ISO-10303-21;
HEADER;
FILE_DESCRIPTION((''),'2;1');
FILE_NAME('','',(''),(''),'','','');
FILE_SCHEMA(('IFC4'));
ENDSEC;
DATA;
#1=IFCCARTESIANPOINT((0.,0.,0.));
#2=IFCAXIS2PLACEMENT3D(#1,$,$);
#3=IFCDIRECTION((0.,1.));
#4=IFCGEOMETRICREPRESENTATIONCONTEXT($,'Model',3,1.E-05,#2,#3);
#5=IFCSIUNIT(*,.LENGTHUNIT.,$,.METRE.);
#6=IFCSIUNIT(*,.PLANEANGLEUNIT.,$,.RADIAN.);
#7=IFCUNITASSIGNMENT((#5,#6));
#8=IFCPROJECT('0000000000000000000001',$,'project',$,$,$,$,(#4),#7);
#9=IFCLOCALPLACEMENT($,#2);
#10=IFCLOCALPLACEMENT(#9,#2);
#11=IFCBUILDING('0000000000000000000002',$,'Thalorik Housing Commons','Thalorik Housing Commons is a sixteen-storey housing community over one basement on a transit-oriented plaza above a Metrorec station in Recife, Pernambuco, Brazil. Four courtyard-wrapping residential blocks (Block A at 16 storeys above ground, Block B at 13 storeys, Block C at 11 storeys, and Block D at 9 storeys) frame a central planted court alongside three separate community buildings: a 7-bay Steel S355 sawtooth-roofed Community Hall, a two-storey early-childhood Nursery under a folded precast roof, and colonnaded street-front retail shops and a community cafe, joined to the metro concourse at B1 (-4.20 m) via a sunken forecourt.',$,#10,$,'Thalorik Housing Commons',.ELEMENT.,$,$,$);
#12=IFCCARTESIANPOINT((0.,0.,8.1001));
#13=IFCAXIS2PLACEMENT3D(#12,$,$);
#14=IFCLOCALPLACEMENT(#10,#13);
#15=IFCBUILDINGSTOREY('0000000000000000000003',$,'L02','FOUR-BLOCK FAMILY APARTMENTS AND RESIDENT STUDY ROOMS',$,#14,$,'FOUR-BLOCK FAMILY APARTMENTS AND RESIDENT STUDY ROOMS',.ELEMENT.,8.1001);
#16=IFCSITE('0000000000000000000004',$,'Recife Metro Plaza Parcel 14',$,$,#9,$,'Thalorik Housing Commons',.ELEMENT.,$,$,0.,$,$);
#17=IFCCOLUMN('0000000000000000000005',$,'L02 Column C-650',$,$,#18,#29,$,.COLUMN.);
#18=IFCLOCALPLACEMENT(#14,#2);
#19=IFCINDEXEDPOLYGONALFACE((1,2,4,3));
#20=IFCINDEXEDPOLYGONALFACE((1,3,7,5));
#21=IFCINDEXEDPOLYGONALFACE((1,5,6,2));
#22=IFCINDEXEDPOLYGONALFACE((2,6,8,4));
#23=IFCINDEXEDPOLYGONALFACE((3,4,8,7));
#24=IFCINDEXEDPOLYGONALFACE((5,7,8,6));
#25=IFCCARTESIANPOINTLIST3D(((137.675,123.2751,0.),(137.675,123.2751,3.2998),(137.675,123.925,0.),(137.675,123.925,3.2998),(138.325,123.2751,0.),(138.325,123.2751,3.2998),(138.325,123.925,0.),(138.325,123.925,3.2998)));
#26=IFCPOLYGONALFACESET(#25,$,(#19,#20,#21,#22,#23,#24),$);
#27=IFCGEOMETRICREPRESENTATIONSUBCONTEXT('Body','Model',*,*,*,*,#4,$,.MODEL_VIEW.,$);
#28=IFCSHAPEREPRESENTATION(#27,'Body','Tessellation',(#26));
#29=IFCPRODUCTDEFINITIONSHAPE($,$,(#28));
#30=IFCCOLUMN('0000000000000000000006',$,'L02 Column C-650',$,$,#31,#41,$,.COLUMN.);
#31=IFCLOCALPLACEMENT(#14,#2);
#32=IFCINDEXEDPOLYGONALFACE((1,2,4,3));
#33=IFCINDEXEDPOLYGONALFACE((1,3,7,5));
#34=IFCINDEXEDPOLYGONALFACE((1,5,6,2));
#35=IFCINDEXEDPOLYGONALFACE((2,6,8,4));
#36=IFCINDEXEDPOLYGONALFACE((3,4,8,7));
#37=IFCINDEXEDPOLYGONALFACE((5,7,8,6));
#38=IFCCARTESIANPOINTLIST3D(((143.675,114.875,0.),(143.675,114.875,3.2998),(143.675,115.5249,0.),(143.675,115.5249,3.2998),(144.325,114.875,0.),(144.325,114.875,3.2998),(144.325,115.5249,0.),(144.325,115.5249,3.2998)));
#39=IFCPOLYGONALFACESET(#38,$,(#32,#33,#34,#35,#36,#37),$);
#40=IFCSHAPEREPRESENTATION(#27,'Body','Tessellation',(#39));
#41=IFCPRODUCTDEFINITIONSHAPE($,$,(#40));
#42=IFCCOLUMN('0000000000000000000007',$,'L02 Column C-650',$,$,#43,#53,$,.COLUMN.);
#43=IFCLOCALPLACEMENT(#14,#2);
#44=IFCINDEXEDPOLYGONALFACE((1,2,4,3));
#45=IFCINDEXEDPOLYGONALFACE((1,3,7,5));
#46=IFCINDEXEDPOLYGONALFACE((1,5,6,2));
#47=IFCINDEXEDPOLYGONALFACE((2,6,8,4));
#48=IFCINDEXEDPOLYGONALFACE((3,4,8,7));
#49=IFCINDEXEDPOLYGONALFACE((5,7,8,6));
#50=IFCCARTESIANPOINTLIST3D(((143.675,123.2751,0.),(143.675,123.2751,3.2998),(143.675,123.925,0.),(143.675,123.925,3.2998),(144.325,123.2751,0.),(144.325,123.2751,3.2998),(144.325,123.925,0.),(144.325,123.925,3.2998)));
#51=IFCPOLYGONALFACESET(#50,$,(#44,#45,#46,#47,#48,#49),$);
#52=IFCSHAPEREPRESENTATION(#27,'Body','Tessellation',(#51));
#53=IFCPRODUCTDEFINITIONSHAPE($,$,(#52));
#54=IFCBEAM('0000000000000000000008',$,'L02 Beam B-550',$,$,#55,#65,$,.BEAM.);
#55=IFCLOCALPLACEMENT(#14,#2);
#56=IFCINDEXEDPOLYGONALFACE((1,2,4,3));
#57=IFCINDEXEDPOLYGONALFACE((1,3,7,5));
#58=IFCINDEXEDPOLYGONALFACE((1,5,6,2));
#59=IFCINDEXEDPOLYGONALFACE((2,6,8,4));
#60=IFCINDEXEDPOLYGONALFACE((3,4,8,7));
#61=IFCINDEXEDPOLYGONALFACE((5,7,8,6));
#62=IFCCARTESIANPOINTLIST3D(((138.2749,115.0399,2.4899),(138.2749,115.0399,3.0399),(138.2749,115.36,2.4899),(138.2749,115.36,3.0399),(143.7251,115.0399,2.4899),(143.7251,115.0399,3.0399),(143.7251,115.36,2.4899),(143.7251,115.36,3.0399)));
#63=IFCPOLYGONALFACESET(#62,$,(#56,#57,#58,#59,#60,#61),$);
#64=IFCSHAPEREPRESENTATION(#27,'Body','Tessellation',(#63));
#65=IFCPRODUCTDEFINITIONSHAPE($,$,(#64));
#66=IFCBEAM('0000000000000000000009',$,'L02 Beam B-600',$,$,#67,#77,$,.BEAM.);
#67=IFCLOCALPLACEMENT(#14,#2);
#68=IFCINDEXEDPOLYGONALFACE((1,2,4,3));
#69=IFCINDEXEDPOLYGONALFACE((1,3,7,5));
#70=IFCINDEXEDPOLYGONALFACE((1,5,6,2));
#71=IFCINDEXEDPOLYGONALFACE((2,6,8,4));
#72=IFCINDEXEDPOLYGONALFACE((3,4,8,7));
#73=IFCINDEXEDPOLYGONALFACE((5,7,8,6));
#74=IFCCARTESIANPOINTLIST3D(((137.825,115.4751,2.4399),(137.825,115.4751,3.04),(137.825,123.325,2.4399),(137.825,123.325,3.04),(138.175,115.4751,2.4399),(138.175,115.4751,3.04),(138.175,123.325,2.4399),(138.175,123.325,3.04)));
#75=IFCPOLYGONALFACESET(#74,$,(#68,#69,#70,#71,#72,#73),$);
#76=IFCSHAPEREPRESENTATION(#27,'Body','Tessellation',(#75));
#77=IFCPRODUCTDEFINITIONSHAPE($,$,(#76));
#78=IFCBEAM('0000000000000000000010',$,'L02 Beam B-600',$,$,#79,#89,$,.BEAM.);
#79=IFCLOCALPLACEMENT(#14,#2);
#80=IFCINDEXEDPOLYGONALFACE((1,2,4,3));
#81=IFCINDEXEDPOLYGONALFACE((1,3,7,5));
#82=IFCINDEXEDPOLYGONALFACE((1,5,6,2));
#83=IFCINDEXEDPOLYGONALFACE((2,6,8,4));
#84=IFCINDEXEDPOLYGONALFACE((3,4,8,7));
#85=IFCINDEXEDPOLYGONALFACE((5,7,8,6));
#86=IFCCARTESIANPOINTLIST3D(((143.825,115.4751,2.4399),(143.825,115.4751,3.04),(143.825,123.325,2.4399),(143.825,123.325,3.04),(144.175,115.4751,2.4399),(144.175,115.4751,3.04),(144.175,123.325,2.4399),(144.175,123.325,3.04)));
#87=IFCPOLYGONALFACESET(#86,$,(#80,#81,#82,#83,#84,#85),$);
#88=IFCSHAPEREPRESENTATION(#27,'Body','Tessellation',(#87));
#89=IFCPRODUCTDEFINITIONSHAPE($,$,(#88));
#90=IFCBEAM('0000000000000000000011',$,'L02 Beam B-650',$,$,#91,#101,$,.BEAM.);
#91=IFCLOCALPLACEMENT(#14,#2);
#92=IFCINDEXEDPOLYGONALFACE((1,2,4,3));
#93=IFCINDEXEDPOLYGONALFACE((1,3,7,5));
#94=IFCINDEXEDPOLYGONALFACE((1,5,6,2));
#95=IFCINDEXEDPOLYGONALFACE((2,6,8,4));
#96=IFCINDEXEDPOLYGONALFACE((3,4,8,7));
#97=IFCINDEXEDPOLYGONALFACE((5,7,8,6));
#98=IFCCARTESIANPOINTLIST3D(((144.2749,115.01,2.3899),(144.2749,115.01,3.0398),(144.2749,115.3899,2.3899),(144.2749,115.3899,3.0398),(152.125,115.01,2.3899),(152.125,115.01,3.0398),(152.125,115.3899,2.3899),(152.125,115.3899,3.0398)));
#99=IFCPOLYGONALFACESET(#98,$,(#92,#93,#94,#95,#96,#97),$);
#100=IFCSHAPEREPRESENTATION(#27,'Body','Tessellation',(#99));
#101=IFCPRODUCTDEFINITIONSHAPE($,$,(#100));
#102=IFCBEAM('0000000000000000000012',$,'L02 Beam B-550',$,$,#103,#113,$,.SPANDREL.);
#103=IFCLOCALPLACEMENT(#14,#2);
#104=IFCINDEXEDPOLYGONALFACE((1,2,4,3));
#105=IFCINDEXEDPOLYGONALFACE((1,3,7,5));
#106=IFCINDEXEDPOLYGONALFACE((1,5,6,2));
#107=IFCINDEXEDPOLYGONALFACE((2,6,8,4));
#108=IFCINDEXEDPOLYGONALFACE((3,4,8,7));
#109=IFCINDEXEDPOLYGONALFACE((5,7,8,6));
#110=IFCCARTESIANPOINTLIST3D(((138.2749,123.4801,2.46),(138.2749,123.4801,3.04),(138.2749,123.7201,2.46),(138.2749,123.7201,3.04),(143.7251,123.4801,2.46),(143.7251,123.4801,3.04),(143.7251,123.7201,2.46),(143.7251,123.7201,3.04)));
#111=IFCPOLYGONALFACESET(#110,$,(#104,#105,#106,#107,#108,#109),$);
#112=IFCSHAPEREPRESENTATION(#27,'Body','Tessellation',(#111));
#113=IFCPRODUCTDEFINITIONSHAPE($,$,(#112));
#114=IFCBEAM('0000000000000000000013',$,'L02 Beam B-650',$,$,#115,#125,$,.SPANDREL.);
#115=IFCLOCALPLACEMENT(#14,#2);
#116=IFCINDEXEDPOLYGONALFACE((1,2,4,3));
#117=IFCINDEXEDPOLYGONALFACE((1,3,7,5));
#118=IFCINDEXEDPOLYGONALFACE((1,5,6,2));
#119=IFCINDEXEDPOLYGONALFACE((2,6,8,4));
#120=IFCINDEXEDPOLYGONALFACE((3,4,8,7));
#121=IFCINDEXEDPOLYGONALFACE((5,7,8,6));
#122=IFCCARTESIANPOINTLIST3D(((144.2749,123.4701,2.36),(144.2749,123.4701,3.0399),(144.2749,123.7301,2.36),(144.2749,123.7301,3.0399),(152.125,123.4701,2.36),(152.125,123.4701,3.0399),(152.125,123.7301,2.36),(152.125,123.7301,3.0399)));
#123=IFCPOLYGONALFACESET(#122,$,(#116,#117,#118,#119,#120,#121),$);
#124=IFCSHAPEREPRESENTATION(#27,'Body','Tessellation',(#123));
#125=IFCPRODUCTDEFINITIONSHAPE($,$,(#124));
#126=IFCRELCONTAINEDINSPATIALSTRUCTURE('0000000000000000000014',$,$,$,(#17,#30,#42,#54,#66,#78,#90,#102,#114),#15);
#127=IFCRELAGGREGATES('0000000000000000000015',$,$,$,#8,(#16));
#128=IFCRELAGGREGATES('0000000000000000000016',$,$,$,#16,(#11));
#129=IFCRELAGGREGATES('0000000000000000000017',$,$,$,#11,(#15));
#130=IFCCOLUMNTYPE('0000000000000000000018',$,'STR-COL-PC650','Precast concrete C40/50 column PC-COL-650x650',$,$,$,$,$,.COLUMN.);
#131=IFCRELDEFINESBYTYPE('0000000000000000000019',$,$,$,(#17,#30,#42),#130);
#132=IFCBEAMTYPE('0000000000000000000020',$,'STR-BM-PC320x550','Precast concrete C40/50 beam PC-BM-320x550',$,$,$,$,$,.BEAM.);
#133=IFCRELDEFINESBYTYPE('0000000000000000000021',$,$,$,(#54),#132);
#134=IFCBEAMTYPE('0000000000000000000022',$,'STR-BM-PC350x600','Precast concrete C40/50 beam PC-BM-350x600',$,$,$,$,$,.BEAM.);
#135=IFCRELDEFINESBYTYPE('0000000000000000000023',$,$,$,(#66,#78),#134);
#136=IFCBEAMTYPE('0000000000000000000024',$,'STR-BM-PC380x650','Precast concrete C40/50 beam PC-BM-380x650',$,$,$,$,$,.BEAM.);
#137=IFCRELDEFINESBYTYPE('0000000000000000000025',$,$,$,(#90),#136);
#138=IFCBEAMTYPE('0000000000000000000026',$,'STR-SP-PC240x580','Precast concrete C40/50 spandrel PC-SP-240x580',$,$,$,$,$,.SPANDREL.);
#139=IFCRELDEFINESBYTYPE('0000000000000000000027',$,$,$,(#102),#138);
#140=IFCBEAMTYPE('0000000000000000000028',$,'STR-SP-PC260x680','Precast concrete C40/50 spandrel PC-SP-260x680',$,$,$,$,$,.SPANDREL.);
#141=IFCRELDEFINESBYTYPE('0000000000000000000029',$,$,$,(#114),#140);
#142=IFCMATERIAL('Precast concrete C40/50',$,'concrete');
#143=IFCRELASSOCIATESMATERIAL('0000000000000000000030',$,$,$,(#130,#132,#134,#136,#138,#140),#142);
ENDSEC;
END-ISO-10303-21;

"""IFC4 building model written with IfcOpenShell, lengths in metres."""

from ifc_helpers import new_model, si_unit, direction, frame, origin, origin_2d, place, context, subcontext, project, spatial, rectangle, extrude, material, material_profile, profile_set, type_object, element, save


model = new_model("IFC4")

# Units and contexts
model_context = context("Model", 3, precision=1e-05, world=origin(), true_north=direction((0.0, 1.0)))
body_context = subcontext(model_context, "Body", "Model", "MODEL_VIEW")
ifc_project = project(units=[si_unit("LENGTHUNIT", "METRE"), si_unit("PLANEANGLEUNIT", "RADIAN")], contexts=[model_context])

# Site, building, storey
site_placement = place(None, origin())
site = spatial("IfcSite", under=ifc_project, at=site_placement, Name="Recife Metro Plaza Parcel 14", LongName="Thalorik Housing Commons", CompositionType="ELEMENT", RefElevation=0.0)
building_placement = place(site_placement, origin())
building = spatial("IfcBuilding", under=site, at=building_placement, Name="Thalorik Housing Commons", Description="Thalorik Housing Commons is a sixteen-storey housing community over one basement on a transit-oriented plaza above a Metrorec station in Recife, Pernambuco, Brazil. Four courtyard-wrapping residential blocks (Block A at 16 storeys above ground, Block B at 13 storeys, Block C at 11 storeys, and Block D at 9 storeys) frame a central planted court alongside three separate community buildings: a 7-bay Steel S355 sawtooth-roofed Community Hall, a two-storey early-childhood Nursery under a folded precast roof, and colonnaded street-front retail shops and a community cafe, joined to the metro concourse at B1 (-4.20 m) via a sunken forecourt.", LongName="Thalorik Housing Commons", CompositionType="ELEMENT")
storey_placement = place(building_placement, frame((0.0, 0.0, 8.1001)))
storey = spatial("IfcBuildingStorey", under=building, at=storey_placement, Name="L02", Description="FOUR-BLOCK FAMILY APARTMENTS AND RESIDENT STUDY ROOMS", LongName="FOUR-BLOCK FAMILY APARTMENTS AND RESIDENT STUDY ROOMS", CompositionType="ELEMENT", Elevation=8.1001)

# Columns
ifc_material_1 = material(Name="Precast concrete C40/50", Category="concrete")
ifc_material_profile_1 = material_profile(ifc_material_1, rectangle(XDim=0.6499, YDim=0.6499, at=origin_2d()), Name="PC 650x650", Category="concrete")
ifc_profile_set_1 = profile_set([ifc_material_profile_1], Name="Precast concrete C40/50")
column_type = type_object("IfcColumnType", Name="STR-COL-PC650", Description="Precast concrete C40/50 column PC-COL-650x650", PredefinedType="COLUMN", material=ifc_profile_set_1)
for number, where, z_axis, x_axis, name in (
    (1, (138.0, 123.6001, 0.0), (0.0, 0.0, 1.0), (1.0, 0.0, 0.0), "L02 Column C-650"),
    (2, (144.0, 115.2, 0.0), (0.0, 0.0, 1.0), (1.0, 0.0, 0.0), "L02 Column C-650"),
    (3, (144.0, 123.6001, 0.0), (0.0, 0.0, 1.0), (1.0, 0.0, 0.0), "L02 Column C-650"),
):
    element("IfcColumn", number, at=place(storey_placement, frame(where, z_axis=z_axis, x_axis=x_axis)), inside=storey, type_object=column_type, Name=name, PredefinedType="COLUMN", context=body_context, shape_type="SweptSolid", body=[
        extrude(rectangle(XDim=0.6499, YDim=0.6499, at=origin_2d()), origin(), (0.0, 0.0, 1.0), 3.2998),
    ])

# Beams
ifc_material_profile_2 = material_profile(ifc_material_1, rectangle(XDim=0.3201, YDim=0.55, at=origin_2d()), Name="PC 320x550", Category="concrete")
ifc_profile_set_2 = profile_set([ifc_material_profile_2], Name="Precast concrete C40/50")
beam_type_1 = type_object("IfcBeamType", Name="STR-BM-PC320x550", Description="Precast concrete C40/50 beam PC-BM-320x550", PredefinedType="BEAM", material=ifc_profile_set_2)
beam_1_placement = place(storey_placement, frame((138.2749, 115.2, 2.7649), z_axis=(1.0, 0.0, 0.0), x_axis=(0.0, 1.0, 0.0)))
element("IfcBeam", 4, at=beam_1_placement, inside=storey, type_object=beam_type_1, Name="L02 Beam B-550", PredefinedType="BEAM", context=body_context, shape_type="SweptSolid", body=[
    extrude(rectangle(XDim=0.3201, YDim=0.55, at=origin_2d()), origin(), (0.0, 0.0, 1.0), 5.4502),
])
ifc_material_profile_3 = material_profile(ifc_material_1, rectangle(XDim=0.3501, YDim=0.6001, at=origin_2d()), Name="PC 350x600", Category="concrete")
ifc_profile_set_3 = profile_set([ifc_material_profile_3], Name="Precast concrete C40/50")
beam_type_2 = type_object("IfcBeamType", Name="STR-BM-PC350x600", Description="Precast concrete C40/50 beam PC-BM-350x600", PredefinedType="BEAM", material=ifc_profile_set_3)
for number, where, z_axis, x_axis, name in (
    (5, (138.0, 115.4751, 2.74), (0.0, 1.0, 0.0), (-1.0, 0.0, 0.0), "L02 Beam B-600"),
    (6, (144.0, 115.4751, 2.74), (0.0, 1.0, 0.0), (-1.0, 0.0, 0.0), "L02 Beam B-600"),
):
    element("IfcBeam", number, at=place(storey_placement, frame(where, z_axis=z_axis, x_axis=x_axis)), inside=storey, type_object=beam_type_2, Name=name, PredefinedType="BEAM", context=body_context, shape_type="SweptSolid", body=[
        extrude(rectangle(XDim=0.3501, YDim=0.6001, at=origin_2d()), origin(), (0.0, 0.0, 1.0), 7.8499),
    ])
ifc_material_profile_4 = material_profile(ifc_material_1, rectangle(XDim=0.3799, YDim=0.6499, at=origin_2d()), Name="PC 380x650", Category="concrete")
ifc_profile_set_4 = profile_set([ifc_material_profile_4], Name="Precast concrete C40/50")
beam_type_3 = type_object("IfcBeamType", Name="STR-BM-PC380x650", Description="Precast concrete C40/50 beam PC-BM-380x650", PredefinedType="BEAM", material=ifc_profile_set_4)
beam_2_placement = place(storey_placement, frame((144.2749, 115.2, 2.7148), z_axis=(1.0, 0.0, 0.0), x_axis=(0.0, 1.0, 0.0)))
element("IfcBeam", 7, at=beam_2_placement, inside=storey, type_object=beam_type_3, Name="L02 Beam B-650", PredefinedType="BEAM", context=body_context, shape_type="SweptSolid", body=[
    extrude(rectangle(XDim=0.3799, YDim=0.6499, at=origin_2d()), origin(), (0.0, 0.0, 1.0), 7.8501),
])
ifc_material_profile_5 = material_profile(ifc_material_1, rectangle(XDim=0.24, YDim=0.5801, at=origin_2d()), Name="PC SP 240x580", Category="concrete")
ifc_profile_set_5 = profile_set([ifc_material_profile_5], Name="Precast concrete C40/50")
beam_type_4 = type_object("IfcBeamType", Name="STR-SP-PC240x580", Description="Precast concrete C40/50 spandrel PC-SP-240x580", PredefinedType="SPANDREL", material=ifc_profile_set_5)
beam_3_placement = place(storey_placement, frame((138.2749, 123.6001, 2.75), z_axis=(1.0, 0.0, 0.0), x_axis=(0.0, 1.0, 0.0)))
element("IfcBeam", 8, at=beam_3_placement, inside=storey, type_object=beam_type_4, Name="L02 Beam B-550", PredefinedType="SPANDREL", context=body_context, shape_type="SweptSolid", body=[
    extrude(rectangle(XDim=0.24, YDim=0.5801, at=origin_2d()), origin(), (0.0, 0.0, 1.0), 5.4502),
])
ifc_material_profile_6 = material_profile(ifc_material_1, rectangle(XDim=0.26, YDim=0.6799, at=origin_2d()), Name="PC SP 260x680", Category="concrete")
ifc_profile_set_6 = profile_set([ifc_material_profile_6], Name="Precast concrete C40/50")
beam_type_5 = type_object("IfcBeamType", Name="STR-SP-PC260x680", Description="Precast concrete C40/50 spandrel PC-SP-260x680", PredefinedType="SPANDREL", material=ifc_profile_set_6)
beam_4_placement = place(storey_placement, frame((144.2749, 123.6001, 2.7), z_axis=(1.0, 0.0, 0.0), x_axis=(0.0, 1.0, 0.0)))
element("IfcBeam", 9, at=beam_4_placement, inside=storey, type_object=beam_type_5, Name="L02 Beam B-650", PredefinedType="SPANDREL", context=body_context, shape_type="SweptSolid", body=[
    extrude(rectangle(XDim=0.26, YDim=0.6799, at=origin_2d()), origin(), (0.0, 0.0, 1.0), 7.8501),
])

save(model, "model.ifc")
